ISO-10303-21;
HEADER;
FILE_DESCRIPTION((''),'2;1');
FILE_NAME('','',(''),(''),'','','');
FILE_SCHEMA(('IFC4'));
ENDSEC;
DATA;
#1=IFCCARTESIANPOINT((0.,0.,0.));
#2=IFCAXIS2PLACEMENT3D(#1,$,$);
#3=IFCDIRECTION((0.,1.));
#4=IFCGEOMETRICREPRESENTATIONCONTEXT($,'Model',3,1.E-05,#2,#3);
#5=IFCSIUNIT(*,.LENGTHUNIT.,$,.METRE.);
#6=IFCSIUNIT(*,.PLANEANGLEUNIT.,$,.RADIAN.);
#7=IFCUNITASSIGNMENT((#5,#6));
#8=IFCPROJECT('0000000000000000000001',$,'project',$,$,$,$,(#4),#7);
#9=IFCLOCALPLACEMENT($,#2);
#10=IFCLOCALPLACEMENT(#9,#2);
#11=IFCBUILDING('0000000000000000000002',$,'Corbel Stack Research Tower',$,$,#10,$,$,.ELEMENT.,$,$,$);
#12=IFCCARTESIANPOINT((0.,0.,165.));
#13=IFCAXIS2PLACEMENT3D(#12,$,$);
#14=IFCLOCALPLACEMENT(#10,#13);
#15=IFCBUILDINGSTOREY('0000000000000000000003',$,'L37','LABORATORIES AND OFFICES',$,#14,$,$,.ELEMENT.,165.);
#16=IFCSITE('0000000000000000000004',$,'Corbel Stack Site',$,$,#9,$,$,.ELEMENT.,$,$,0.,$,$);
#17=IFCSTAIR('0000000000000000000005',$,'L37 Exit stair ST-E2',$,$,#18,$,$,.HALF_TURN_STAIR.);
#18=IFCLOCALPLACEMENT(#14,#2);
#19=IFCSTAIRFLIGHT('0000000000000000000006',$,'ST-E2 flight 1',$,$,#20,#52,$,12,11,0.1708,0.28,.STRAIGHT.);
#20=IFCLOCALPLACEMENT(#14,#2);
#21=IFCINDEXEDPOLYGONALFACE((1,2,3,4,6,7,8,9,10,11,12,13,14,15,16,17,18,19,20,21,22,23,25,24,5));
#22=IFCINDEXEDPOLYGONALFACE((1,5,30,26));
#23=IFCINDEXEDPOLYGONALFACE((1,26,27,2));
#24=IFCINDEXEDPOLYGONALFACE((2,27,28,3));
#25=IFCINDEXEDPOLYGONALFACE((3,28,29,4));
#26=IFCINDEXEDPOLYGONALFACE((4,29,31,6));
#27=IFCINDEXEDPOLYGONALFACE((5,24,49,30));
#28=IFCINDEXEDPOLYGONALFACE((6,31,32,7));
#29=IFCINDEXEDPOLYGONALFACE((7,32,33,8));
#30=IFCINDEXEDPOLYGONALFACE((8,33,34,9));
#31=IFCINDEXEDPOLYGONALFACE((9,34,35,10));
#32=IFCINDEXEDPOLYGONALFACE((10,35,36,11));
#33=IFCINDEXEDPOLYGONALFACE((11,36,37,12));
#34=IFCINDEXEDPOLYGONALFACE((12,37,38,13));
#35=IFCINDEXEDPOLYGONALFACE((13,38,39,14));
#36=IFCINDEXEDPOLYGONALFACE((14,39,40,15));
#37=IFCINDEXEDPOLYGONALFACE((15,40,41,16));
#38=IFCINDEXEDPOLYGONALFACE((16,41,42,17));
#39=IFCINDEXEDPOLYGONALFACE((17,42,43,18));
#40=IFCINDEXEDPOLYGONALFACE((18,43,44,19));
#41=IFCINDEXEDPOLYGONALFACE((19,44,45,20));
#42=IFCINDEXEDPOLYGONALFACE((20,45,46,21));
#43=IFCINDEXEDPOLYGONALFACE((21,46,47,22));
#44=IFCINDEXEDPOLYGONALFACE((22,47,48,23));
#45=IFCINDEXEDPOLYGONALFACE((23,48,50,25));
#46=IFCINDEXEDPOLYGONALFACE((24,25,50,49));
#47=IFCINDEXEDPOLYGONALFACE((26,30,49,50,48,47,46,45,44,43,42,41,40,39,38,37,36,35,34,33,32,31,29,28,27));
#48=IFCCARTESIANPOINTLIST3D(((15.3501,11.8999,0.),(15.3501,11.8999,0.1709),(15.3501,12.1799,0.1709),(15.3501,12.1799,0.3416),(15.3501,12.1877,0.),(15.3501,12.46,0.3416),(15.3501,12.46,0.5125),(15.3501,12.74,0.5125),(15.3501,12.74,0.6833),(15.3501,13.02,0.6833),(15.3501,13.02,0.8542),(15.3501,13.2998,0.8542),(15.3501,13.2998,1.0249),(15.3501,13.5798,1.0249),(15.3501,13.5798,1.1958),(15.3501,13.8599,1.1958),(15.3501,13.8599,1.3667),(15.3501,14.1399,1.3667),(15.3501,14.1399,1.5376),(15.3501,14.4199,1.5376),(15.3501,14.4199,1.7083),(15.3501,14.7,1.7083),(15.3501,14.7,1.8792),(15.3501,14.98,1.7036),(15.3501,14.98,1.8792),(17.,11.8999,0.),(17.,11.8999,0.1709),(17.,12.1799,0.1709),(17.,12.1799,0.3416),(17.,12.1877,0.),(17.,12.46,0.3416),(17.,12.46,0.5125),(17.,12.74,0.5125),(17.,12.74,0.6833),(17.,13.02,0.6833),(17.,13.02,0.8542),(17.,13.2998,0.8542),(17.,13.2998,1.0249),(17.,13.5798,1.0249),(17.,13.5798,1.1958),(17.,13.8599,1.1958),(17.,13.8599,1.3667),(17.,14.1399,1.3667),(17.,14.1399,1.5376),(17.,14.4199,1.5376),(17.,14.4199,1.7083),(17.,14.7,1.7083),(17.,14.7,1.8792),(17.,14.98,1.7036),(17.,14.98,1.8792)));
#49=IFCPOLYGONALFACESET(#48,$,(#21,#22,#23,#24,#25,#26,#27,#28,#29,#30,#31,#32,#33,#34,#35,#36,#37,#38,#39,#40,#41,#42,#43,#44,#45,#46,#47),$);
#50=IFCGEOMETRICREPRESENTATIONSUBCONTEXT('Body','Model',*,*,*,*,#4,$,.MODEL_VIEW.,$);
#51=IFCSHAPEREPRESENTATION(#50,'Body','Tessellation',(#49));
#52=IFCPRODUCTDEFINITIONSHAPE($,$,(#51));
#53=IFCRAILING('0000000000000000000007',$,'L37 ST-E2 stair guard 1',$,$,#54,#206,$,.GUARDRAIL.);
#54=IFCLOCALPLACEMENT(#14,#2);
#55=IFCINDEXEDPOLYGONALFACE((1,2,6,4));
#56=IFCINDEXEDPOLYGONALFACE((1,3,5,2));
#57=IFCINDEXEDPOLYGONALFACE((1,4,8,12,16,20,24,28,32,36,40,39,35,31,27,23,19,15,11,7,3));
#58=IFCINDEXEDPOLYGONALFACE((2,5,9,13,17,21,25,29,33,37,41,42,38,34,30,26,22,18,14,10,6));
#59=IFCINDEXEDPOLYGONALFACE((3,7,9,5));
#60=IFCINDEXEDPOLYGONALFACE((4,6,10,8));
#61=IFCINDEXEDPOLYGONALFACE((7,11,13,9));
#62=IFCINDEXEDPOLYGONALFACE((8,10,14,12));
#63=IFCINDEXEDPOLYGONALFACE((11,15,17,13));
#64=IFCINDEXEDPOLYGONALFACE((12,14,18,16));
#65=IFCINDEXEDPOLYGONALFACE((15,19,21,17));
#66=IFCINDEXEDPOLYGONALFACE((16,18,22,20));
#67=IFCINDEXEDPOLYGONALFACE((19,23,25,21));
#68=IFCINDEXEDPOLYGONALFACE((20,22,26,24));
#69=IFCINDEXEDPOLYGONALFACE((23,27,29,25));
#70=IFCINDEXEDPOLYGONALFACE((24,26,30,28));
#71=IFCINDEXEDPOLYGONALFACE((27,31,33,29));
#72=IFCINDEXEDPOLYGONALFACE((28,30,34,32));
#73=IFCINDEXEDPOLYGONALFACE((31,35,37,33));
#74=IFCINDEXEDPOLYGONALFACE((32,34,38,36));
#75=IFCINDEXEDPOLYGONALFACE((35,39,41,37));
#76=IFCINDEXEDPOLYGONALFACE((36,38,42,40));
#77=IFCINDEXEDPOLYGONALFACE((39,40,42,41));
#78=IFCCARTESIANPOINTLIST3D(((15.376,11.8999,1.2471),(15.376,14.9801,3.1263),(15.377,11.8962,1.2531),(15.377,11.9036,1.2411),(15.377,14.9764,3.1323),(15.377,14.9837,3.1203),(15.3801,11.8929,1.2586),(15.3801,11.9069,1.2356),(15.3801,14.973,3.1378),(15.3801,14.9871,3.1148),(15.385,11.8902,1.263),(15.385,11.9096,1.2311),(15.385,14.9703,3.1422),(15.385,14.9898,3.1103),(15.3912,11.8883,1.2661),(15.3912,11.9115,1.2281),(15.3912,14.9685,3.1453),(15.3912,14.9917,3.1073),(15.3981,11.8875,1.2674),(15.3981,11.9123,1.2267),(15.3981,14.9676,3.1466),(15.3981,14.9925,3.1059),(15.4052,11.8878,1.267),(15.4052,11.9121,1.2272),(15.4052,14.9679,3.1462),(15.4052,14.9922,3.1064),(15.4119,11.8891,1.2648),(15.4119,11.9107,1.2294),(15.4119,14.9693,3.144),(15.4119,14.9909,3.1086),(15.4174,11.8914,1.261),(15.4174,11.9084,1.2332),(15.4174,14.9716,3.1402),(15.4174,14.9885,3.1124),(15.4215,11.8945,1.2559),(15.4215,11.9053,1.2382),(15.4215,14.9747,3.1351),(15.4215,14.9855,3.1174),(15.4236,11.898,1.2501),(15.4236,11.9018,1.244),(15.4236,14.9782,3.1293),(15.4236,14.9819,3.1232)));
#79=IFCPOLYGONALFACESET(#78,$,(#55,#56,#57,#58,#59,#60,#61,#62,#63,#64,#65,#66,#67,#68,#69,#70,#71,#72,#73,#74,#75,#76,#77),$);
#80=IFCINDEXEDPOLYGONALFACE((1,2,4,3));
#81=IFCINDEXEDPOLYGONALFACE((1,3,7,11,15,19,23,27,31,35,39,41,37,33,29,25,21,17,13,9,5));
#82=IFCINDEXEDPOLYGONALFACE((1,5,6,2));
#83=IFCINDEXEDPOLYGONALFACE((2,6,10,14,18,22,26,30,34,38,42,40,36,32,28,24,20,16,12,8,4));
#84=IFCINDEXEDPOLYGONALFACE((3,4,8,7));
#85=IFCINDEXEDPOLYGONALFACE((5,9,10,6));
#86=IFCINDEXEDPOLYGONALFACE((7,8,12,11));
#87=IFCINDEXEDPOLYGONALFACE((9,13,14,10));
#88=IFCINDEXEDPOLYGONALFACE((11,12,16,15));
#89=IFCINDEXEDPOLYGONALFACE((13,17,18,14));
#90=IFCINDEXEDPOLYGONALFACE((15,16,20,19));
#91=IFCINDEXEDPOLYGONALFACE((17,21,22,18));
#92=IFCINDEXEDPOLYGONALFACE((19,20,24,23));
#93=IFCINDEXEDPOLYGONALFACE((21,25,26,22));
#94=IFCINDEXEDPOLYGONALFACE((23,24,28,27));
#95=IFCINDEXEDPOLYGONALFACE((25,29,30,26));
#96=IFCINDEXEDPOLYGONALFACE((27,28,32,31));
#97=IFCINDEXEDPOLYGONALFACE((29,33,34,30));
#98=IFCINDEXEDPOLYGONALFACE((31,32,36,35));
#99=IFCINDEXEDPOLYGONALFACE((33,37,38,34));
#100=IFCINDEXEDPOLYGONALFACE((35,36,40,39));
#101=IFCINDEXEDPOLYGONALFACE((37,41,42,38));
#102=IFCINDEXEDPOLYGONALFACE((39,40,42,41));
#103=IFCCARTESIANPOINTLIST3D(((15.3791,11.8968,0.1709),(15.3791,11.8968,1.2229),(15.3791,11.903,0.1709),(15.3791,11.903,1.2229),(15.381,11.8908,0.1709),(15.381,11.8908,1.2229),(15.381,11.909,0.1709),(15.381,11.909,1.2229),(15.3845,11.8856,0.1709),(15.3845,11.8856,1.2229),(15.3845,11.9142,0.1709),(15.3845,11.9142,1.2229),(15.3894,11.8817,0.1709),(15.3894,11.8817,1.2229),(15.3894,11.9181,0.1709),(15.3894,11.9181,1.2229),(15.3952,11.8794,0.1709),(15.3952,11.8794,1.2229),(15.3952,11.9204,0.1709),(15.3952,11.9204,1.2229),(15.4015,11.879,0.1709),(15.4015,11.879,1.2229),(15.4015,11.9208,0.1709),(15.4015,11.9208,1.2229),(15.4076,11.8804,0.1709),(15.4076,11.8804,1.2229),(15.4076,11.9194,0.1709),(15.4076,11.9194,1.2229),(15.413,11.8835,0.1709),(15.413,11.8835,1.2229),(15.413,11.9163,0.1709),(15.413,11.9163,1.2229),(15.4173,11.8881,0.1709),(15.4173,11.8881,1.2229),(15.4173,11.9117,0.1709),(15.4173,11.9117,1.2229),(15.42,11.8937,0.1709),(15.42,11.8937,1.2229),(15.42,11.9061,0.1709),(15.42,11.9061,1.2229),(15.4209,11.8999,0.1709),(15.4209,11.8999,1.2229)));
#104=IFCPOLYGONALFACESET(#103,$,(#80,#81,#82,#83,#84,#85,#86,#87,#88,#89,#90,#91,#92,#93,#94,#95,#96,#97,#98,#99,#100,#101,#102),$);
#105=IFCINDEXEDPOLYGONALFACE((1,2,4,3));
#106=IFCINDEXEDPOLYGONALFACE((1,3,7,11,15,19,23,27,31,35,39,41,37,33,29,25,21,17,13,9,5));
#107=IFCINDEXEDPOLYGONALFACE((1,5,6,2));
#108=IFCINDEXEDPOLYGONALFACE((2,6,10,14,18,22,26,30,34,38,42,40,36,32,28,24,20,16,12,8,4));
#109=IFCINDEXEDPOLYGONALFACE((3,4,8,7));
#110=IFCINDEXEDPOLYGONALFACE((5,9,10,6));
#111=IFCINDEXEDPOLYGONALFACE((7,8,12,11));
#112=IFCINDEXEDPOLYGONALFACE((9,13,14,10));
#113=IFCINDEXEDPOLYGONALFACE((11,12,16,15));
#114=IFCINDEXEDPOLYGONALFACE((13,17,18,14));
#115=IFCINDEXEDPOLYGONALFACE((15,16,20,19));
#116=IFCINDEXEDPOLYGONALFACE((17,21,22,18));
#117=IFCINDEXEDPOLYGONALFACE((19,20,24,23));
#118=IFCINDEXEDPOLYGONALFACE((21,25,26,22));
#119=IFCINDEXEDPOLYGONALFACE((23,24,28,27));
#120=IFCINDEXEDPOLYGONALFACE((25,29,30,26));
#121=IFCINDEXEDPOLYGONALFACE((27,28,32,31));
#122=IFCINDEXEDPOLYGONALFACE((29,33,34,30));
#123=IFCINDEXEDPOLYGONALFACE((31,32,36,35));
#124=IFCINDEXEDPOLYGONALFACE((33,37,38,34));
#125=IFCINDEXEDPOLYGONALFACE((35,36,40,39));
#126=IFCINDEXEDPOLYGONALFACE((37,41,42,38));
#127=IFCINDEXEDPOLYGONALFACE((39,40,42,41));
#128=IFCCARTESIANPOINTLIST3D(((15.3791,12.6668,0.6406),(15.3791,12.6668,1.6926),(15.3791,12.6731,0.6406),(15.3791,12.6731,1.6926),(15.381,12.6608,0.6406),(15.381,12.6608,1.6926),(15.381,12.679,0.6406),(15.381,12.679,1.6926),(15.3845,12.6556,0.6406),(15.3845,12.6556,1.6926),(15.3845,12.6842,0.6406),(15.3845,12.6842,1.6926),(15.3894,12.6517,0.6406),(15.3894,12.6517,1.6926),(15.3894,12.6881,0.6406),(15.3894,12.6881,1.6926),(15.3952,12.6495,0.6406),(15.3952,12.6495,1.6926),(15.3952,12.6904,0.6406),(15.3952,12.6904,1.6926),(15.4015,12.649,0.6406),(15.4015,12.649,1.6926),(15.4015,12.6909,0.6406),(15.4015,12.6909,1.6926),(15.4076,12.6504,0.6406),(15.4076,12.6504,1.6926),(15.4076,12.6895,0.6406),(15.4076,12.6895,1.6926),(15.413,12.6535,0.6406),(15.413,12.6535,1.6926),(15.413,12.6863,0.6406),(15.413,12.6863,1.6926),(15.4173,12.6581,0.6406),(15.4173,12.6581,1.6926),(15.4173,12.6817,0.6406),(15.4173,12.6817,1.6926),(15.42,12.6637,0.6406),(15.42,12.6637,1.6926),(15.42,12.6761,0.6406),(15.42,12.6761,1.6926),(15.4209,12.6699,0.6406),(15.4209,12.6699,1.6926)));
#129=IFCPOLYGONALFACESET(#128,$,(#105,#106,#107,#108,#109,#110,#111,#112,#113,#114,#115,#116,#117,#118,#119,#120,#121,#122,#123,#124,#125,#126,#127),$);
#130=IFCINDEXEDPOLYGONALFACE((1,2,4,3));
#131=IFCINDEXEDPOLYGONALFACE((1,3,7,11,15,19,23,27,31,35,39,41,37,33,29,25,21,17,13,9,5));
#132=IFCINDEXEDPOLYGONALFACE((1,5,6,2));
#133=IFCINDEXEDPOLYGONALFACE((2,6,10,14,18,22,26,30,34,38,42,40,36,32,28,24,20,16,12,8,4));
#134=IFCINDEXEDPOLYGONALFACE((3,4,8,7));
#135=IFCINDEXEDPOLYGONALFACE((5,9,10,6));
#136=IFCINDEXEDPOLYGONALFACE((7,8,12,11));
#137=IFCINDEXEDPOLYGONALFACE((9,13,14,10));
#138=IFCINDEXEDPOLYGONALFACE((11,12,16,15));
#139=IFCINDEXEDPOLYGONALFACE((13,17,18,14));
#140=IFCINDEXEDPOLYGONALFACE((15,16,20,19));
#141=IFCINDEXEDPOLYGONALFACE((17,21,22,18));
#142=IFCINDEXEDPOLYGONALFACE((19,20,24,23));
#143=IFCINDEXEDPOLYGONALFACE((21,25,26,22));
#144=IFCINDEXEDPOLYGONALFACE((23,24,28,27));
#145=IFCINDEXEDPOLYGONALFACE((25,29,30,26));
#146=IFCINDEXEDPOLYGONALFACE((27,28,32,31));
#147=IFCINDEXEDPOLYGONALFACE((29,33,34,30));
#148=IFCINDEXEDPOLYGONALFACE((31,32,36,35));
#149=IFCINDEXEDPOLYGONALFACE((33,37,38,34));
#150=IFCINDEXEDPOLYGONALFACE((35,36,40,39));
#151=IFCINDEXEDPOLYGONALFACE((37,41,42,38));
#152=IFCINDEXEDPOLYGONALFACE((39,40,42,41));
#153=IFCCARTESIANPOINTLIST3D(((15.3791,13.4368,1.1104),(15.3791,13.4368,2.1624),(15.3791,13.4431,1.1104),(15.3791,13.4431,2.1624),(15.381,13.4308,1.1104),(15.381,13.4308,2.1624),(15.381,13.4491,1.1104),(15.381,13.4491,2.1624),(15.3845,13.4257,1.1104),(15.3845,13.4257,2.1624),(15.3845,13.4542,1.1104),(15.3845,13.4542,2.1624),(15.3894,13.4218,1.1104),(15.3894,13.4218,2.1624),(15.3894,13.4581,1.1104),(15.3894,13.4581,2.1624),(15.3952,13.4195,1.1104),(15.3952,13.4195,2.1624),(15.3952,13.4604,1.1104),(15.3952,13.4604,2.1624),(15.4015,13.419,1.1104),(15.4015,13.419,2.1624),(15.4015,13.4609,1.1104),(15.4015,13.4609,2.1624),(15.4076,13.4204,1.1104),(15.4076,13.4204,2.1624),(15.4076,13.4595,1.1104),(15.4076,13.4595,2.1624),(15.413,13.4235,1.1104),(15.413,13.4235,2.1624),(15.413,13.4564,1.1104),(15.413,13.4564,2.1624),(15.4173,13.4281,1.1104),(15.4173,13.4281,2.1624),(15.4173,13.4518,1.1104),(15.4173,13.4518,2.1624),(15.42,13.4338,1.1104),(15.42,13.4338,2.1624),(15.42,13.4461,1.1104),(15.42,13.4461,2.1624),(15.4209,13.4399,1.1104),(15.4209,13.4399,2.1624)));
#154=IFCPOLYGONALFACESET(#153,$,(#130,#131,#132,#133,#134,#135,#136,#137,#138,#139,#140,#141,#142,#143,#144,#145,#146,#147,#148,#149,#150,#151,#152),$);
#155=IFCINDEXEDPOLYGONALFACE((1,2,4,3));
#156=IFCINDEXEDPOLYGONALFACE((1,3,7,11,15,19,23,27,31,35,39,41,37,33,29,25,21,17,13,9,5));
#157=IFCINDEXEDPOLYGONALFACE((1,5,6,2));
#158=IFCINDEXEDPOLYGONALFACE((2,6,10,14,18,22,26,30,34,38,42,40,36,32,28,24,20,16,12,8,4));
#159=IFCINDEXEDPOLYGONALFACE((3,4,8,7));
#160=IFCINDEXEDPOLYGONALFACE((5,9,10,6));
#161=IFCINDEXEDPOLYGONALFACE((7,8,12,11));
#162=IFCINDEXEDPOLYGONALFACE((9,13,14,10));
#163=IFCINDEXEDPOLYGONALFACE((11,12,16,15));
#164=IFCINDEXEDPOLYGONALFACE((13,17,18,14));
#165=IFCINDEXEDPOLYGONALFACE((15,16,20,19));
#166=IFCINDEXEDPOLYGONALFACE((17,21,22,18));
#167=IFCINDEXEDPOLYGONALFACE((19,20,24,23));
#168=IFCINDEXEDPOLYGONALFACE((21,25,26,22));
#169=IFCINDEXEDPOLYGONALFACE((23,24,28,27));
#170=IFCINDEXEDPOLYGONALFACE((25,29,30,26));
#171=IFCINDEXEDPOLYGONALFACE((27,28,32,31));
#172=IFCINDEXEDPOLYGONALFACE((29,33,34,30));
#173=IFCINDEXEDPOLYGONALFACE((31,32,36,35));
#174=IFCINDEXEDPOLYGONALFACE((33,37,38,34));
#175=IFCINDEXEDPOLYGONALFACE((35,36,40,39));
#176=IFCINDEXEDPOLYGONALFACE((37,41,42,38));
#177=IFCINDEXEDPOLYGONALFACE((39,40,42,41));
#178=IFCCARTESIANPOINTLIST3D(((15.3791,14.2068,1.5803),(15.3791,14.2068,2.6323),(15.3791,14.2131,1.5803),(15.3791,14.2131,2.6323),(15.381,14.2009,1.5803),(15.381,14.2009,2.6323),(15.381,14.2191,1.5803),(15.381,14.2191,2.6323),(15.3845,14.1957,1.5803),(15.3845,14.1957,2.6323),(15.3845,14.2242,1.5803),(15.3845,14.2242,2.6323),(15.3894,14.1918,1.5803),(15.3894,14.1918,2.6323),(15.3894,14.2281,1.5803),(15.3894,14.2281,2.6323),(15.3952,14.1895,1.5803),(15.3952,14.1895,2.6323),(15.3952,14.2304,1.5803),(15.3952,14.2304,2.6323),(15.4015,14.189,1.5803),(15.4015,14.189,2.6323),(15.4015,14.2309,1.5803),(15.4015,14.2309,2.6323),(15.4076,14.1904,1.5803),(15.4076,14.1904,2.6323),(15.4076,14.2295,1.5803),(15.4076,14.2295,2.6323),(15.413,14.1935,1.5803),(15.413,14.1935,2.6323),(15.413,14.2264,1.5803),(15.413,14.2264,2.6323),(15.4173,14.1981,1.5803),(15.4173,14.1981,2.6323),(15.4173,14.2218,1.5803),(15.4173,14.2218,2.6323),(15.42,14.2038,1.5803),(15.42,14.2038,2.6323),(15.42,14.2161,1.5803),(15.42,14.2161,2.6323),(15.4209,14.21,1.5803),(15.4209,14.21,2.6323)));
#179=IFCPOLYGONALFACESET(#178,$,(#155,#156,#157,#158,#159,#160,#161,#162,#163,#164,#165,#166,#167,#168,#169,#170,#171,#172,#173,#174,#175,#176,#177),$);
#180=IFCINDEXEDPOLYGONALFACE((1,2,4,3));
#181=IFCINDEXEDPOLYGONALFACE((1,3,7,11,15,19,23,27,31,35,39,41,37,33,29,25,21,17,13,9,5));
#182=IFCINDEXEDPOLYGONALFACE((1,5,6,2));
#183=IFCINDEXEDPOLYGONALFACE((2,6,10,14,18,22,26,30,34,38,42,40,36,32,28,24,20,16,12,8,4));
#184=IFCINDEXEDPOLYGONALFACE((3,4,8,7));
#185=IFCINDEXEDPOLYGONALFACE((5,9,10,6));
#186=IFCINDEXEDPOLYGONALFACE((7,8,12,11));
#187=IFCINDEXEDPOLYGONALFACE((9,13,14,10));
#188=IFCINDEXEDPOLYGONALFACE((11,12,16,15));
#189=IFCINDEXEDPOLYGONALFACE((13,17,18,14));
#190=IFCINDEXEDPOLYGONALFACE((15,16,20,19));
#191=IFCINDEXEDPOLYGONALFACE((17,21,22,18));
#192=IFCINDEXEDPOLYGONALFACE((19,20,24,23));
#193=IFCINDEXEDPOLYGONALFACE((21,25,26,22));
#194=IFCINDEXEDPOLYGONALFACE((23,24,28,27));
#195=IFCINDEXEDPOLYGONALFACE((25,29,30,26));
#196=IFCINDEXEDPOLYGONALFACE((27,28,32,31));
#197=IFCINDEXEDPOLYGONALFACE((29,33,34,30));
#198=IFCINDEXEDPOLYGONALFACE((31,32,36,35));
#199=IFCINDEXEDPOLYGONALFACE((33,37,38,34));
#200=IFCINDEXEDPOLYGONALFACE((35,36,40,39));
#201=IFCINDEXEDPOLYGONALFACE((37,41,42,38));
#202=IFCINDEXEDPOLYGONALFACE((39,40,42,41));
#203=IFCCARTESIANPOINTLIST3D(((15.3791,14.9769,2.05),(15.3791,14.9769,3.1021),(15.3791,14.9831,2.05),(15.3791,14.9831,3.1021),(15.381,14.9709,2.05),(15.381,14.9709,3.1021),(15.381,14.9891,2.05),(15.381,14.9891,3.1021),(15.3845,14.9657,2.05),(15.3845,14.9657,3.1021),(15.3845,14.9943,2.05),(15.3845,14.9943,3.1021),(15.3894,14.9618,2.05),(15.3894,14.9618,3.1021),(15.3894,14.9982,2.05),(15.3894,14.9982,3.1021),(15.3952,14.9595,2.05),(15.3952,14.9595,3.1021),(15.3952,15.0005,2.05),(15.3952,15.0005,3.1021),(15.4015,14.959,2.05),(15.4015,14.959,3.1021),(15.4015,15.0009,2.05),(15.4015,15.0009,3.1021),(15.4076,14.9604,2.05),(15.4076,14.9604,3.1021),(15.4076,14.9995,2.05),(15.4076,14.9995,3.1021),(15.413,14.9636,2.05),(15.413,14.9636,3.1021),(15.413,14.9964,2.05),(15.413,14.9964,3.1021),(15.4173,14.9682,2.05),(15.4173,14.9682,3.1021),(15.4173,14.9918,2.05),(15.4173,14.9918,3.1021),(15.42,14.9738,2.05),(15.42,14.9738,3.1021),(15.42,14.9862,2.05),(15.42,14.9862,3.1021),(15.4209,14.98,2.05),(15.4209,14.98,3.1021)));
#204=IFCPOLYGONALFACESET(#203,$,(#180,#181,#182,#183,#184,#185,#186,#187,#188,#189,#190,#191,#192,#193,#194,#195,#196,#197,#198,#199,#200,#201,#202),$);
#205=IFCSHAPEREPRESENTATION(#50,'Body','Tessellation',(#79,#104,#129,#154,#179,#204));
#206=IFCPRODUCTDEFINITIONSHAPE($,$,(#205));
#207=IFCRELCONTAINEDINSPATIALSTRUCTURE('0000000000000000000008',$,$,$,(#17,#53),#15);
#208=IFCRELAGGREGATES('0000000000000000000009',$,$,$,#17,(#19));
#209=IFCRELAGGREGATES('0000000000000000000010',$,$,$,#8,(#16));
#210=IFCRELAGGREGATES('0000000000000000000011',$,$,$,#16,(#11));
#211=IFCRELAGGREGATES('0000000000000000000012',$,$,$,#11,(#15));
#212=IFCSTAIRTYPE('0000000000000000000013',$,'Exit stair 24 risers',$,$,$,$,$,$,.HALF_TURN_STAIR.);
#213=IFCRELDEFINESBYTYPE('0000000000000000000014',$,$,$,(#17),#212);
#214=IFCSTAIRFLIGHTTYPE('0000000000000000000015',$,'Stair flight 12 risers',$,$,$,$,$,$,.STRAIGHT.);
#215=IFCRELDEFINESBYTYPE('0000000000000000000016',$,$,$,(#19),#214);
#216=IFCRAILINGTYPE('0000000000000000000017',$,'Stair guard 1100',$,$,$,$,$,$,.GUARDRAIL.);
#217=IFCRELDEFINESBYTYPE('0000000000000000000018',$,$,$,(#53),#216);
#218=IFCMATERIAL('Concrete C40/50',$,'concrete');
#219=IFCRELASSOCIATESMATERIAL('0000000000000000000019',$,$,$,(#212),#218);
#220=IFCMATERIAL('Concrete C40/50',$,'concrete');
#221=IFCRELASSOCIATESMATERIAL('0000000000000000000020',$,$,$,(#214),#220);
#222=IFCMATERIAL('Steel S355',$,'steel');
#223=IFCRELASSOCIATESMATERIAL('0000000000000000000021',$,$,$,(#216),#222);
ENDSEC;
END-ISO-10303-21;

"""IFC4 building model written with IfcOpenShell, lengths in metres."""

from ifc_helpers import new_model, si_unit, direction, frame, origin, origin_2d, place, context, subcontext, project, spatial, polyline, circle, outline, extrude, material, type_object, element, aggregate, save


model = new_model("IFC4")

# Units and contexts
model_context = context("Model", 3, precision=1e-05, world=origin(), true_north=direction((0.0, 1.0)))
body_context = subcontext(model_context, "Body", "Model", "MODEL_VIEW")
ifc_project = project(units=[si_unit("LENGTHUNIT", "METRE"), si_unit("PLANEANGLEUNIT", "RADIAN")], contexts=[model_context])

# Site, building, storey
site_placement = place(None, origin())
site = spatial("IfcSite", under=ifc_project, at=site_placement, Name="Corbel Stack Site", CompositionType="ELEMENT", RefElevation=0.0)
building_placement = place(site_placement, origin())
building = spatial("IfcBuilding", under=site, at=building_placement, Name="Corbel Stack Research Tower", CompositionType="ELEMENT")
storey_placement = place(building_placement, frame((0.0, 0.0, 165.0)))
storey = spatial("IfcBuildingStorey", under=building, at=storey_placement, Name="L37", Description="LABORATORIES AND OFFICES", CompositionType="ELEMENT", Elevation=165.0)

# Stair, stair flight
ifc_material_1 = material(Name="Concrete C40/50", Category="concrete")
stair_type = type_object("IfcStairType", Name="Exit stair 24 risers", PredefinedType="HALF_TURN_STAIR", material=ifc_material_1)
stair_placement = place(storey_placement, origin())
stair = element("IfcStair", 1, at=stair_placement, inside=storey, type_object=stair_type, Name="L37 Exit stair ST-E2", PredefinedType="HALF_TURN_STAIR")
ifc_material_2 = material(Name="Concrete C40/50", Category="concrete")
stair_flight_type = type_object("IfcStairFlightType", Name="Stair flight 12 risers", PredefinedType="STRAIGHT", material=ifc_material_2)
stair_flight_placement = place(storey_placement, frame((16.175, 11.8999, 0.0), z_axis=(0.0, 0.0, 1.0), x_axis=(0.0, 1.0, 0.0)))
stair_flight = element("IfcStairFlight", 2, at=stair_flight_placement, type_object=stair_flight_type, Name="ST-E2 flight 1", NumberOfRisers=12, NumberOfTreads=11, PredefinedType="STRAIGHT", RiserHeight=0.1708, TreadLength=0.28, context=body_context, shape_type="SweptSolid", body=[
    extrude(outline(polyline([(0.0, 0.0), (0.0, 0.1709), (0.28, 0.1709), (0.28, 0.3416), (0.5601, 0.3416), (0.5601, 0.5125), (0.8401, 0.5125), (0.8401, 0.6833), (1.1201, 0.6833), (1.1201, 0.8542), (1.3999, 0.8542), (1.3999, 1.0249), (1.6799, 1.0249), (1.6799, 1.1958), (1.96, 1.1958), (1.96, 1.3667), (2.24, 1.3667), (2.24, 1.5376), (2.52, 1.5376), (2.52, 1.7083), (2.8, 1.7083), (2.8, 1.8792), (3.0801, 1.8792), (3.0801, 2.05), (3.0801, 1.7036), (0.2878, 0.0), (0.0, 0.0)])), frame((0.0, 0.825, 0.0), z_axis=(0.0, -1.0, 0.0), x_axis=(1.0, 0.0, 0.0)), (0.0, 0.0, 1.0), 1.6499),
])
aggregate(stair, [stair_flight])

# Railing
ifc_material_3 = material(Name="Steel S355", Category="steel")
railing_type_1 = type_object("IfcRailingType", Name="Stair guard 1100", PredefinedType="GUARDRAIL", material=ifc_material_3)
railing_1_placement = place(storey_placement, frame((15.3999, 11.8999, 0.1709)))
element("IfcRailing", 3, at=railing_1_placement, inside=storey, type_object=railing_type_1, Name="L37 ST-E2 stair guard 1", PredefinedType="GUARDRAIL", context=body_context, shape_type="SweptSolid", body=[
    extrude(circle(Radius=0.0239, at=origin_2d()), frame((0.0, 0.0, 1.0762), z_axis=(0.0, 0.853666, 0.52082), x_axis=(-1.0, 0.0, 0.0)), (0.0, 0.0, 1.0), 3.6082),
    extrude(circle(Radius=0.021, at=origin_2d()), origin(), (0.0, 0.0, 1.0), 1.052),
    extrude(circle(Radius=0.021, at=origin_2d()), frame((0.0, 0.77, 0.4697)), (0.0, 0.0, 1.0), 1.052),
    extrude(circle(Radius=0.021, at=origin_2d()), frame((0.0, 1.54, 0.9395)), (0.0, 0.0, 1.0), 1.052),
    extrude(circle(Radius=0.021, at=origin_2d()), frame((0.0, 2.3101, 1.4094)), (0.0, 0.0, 1.0), 1.052),
    extrude(circle(Radius=0.021, at=origin_2d()), frame((0.0, 3.0801, 1.8792)), (0.0, 0.0, 1.0), 1.052),
])

save(model, "model.ifc")
